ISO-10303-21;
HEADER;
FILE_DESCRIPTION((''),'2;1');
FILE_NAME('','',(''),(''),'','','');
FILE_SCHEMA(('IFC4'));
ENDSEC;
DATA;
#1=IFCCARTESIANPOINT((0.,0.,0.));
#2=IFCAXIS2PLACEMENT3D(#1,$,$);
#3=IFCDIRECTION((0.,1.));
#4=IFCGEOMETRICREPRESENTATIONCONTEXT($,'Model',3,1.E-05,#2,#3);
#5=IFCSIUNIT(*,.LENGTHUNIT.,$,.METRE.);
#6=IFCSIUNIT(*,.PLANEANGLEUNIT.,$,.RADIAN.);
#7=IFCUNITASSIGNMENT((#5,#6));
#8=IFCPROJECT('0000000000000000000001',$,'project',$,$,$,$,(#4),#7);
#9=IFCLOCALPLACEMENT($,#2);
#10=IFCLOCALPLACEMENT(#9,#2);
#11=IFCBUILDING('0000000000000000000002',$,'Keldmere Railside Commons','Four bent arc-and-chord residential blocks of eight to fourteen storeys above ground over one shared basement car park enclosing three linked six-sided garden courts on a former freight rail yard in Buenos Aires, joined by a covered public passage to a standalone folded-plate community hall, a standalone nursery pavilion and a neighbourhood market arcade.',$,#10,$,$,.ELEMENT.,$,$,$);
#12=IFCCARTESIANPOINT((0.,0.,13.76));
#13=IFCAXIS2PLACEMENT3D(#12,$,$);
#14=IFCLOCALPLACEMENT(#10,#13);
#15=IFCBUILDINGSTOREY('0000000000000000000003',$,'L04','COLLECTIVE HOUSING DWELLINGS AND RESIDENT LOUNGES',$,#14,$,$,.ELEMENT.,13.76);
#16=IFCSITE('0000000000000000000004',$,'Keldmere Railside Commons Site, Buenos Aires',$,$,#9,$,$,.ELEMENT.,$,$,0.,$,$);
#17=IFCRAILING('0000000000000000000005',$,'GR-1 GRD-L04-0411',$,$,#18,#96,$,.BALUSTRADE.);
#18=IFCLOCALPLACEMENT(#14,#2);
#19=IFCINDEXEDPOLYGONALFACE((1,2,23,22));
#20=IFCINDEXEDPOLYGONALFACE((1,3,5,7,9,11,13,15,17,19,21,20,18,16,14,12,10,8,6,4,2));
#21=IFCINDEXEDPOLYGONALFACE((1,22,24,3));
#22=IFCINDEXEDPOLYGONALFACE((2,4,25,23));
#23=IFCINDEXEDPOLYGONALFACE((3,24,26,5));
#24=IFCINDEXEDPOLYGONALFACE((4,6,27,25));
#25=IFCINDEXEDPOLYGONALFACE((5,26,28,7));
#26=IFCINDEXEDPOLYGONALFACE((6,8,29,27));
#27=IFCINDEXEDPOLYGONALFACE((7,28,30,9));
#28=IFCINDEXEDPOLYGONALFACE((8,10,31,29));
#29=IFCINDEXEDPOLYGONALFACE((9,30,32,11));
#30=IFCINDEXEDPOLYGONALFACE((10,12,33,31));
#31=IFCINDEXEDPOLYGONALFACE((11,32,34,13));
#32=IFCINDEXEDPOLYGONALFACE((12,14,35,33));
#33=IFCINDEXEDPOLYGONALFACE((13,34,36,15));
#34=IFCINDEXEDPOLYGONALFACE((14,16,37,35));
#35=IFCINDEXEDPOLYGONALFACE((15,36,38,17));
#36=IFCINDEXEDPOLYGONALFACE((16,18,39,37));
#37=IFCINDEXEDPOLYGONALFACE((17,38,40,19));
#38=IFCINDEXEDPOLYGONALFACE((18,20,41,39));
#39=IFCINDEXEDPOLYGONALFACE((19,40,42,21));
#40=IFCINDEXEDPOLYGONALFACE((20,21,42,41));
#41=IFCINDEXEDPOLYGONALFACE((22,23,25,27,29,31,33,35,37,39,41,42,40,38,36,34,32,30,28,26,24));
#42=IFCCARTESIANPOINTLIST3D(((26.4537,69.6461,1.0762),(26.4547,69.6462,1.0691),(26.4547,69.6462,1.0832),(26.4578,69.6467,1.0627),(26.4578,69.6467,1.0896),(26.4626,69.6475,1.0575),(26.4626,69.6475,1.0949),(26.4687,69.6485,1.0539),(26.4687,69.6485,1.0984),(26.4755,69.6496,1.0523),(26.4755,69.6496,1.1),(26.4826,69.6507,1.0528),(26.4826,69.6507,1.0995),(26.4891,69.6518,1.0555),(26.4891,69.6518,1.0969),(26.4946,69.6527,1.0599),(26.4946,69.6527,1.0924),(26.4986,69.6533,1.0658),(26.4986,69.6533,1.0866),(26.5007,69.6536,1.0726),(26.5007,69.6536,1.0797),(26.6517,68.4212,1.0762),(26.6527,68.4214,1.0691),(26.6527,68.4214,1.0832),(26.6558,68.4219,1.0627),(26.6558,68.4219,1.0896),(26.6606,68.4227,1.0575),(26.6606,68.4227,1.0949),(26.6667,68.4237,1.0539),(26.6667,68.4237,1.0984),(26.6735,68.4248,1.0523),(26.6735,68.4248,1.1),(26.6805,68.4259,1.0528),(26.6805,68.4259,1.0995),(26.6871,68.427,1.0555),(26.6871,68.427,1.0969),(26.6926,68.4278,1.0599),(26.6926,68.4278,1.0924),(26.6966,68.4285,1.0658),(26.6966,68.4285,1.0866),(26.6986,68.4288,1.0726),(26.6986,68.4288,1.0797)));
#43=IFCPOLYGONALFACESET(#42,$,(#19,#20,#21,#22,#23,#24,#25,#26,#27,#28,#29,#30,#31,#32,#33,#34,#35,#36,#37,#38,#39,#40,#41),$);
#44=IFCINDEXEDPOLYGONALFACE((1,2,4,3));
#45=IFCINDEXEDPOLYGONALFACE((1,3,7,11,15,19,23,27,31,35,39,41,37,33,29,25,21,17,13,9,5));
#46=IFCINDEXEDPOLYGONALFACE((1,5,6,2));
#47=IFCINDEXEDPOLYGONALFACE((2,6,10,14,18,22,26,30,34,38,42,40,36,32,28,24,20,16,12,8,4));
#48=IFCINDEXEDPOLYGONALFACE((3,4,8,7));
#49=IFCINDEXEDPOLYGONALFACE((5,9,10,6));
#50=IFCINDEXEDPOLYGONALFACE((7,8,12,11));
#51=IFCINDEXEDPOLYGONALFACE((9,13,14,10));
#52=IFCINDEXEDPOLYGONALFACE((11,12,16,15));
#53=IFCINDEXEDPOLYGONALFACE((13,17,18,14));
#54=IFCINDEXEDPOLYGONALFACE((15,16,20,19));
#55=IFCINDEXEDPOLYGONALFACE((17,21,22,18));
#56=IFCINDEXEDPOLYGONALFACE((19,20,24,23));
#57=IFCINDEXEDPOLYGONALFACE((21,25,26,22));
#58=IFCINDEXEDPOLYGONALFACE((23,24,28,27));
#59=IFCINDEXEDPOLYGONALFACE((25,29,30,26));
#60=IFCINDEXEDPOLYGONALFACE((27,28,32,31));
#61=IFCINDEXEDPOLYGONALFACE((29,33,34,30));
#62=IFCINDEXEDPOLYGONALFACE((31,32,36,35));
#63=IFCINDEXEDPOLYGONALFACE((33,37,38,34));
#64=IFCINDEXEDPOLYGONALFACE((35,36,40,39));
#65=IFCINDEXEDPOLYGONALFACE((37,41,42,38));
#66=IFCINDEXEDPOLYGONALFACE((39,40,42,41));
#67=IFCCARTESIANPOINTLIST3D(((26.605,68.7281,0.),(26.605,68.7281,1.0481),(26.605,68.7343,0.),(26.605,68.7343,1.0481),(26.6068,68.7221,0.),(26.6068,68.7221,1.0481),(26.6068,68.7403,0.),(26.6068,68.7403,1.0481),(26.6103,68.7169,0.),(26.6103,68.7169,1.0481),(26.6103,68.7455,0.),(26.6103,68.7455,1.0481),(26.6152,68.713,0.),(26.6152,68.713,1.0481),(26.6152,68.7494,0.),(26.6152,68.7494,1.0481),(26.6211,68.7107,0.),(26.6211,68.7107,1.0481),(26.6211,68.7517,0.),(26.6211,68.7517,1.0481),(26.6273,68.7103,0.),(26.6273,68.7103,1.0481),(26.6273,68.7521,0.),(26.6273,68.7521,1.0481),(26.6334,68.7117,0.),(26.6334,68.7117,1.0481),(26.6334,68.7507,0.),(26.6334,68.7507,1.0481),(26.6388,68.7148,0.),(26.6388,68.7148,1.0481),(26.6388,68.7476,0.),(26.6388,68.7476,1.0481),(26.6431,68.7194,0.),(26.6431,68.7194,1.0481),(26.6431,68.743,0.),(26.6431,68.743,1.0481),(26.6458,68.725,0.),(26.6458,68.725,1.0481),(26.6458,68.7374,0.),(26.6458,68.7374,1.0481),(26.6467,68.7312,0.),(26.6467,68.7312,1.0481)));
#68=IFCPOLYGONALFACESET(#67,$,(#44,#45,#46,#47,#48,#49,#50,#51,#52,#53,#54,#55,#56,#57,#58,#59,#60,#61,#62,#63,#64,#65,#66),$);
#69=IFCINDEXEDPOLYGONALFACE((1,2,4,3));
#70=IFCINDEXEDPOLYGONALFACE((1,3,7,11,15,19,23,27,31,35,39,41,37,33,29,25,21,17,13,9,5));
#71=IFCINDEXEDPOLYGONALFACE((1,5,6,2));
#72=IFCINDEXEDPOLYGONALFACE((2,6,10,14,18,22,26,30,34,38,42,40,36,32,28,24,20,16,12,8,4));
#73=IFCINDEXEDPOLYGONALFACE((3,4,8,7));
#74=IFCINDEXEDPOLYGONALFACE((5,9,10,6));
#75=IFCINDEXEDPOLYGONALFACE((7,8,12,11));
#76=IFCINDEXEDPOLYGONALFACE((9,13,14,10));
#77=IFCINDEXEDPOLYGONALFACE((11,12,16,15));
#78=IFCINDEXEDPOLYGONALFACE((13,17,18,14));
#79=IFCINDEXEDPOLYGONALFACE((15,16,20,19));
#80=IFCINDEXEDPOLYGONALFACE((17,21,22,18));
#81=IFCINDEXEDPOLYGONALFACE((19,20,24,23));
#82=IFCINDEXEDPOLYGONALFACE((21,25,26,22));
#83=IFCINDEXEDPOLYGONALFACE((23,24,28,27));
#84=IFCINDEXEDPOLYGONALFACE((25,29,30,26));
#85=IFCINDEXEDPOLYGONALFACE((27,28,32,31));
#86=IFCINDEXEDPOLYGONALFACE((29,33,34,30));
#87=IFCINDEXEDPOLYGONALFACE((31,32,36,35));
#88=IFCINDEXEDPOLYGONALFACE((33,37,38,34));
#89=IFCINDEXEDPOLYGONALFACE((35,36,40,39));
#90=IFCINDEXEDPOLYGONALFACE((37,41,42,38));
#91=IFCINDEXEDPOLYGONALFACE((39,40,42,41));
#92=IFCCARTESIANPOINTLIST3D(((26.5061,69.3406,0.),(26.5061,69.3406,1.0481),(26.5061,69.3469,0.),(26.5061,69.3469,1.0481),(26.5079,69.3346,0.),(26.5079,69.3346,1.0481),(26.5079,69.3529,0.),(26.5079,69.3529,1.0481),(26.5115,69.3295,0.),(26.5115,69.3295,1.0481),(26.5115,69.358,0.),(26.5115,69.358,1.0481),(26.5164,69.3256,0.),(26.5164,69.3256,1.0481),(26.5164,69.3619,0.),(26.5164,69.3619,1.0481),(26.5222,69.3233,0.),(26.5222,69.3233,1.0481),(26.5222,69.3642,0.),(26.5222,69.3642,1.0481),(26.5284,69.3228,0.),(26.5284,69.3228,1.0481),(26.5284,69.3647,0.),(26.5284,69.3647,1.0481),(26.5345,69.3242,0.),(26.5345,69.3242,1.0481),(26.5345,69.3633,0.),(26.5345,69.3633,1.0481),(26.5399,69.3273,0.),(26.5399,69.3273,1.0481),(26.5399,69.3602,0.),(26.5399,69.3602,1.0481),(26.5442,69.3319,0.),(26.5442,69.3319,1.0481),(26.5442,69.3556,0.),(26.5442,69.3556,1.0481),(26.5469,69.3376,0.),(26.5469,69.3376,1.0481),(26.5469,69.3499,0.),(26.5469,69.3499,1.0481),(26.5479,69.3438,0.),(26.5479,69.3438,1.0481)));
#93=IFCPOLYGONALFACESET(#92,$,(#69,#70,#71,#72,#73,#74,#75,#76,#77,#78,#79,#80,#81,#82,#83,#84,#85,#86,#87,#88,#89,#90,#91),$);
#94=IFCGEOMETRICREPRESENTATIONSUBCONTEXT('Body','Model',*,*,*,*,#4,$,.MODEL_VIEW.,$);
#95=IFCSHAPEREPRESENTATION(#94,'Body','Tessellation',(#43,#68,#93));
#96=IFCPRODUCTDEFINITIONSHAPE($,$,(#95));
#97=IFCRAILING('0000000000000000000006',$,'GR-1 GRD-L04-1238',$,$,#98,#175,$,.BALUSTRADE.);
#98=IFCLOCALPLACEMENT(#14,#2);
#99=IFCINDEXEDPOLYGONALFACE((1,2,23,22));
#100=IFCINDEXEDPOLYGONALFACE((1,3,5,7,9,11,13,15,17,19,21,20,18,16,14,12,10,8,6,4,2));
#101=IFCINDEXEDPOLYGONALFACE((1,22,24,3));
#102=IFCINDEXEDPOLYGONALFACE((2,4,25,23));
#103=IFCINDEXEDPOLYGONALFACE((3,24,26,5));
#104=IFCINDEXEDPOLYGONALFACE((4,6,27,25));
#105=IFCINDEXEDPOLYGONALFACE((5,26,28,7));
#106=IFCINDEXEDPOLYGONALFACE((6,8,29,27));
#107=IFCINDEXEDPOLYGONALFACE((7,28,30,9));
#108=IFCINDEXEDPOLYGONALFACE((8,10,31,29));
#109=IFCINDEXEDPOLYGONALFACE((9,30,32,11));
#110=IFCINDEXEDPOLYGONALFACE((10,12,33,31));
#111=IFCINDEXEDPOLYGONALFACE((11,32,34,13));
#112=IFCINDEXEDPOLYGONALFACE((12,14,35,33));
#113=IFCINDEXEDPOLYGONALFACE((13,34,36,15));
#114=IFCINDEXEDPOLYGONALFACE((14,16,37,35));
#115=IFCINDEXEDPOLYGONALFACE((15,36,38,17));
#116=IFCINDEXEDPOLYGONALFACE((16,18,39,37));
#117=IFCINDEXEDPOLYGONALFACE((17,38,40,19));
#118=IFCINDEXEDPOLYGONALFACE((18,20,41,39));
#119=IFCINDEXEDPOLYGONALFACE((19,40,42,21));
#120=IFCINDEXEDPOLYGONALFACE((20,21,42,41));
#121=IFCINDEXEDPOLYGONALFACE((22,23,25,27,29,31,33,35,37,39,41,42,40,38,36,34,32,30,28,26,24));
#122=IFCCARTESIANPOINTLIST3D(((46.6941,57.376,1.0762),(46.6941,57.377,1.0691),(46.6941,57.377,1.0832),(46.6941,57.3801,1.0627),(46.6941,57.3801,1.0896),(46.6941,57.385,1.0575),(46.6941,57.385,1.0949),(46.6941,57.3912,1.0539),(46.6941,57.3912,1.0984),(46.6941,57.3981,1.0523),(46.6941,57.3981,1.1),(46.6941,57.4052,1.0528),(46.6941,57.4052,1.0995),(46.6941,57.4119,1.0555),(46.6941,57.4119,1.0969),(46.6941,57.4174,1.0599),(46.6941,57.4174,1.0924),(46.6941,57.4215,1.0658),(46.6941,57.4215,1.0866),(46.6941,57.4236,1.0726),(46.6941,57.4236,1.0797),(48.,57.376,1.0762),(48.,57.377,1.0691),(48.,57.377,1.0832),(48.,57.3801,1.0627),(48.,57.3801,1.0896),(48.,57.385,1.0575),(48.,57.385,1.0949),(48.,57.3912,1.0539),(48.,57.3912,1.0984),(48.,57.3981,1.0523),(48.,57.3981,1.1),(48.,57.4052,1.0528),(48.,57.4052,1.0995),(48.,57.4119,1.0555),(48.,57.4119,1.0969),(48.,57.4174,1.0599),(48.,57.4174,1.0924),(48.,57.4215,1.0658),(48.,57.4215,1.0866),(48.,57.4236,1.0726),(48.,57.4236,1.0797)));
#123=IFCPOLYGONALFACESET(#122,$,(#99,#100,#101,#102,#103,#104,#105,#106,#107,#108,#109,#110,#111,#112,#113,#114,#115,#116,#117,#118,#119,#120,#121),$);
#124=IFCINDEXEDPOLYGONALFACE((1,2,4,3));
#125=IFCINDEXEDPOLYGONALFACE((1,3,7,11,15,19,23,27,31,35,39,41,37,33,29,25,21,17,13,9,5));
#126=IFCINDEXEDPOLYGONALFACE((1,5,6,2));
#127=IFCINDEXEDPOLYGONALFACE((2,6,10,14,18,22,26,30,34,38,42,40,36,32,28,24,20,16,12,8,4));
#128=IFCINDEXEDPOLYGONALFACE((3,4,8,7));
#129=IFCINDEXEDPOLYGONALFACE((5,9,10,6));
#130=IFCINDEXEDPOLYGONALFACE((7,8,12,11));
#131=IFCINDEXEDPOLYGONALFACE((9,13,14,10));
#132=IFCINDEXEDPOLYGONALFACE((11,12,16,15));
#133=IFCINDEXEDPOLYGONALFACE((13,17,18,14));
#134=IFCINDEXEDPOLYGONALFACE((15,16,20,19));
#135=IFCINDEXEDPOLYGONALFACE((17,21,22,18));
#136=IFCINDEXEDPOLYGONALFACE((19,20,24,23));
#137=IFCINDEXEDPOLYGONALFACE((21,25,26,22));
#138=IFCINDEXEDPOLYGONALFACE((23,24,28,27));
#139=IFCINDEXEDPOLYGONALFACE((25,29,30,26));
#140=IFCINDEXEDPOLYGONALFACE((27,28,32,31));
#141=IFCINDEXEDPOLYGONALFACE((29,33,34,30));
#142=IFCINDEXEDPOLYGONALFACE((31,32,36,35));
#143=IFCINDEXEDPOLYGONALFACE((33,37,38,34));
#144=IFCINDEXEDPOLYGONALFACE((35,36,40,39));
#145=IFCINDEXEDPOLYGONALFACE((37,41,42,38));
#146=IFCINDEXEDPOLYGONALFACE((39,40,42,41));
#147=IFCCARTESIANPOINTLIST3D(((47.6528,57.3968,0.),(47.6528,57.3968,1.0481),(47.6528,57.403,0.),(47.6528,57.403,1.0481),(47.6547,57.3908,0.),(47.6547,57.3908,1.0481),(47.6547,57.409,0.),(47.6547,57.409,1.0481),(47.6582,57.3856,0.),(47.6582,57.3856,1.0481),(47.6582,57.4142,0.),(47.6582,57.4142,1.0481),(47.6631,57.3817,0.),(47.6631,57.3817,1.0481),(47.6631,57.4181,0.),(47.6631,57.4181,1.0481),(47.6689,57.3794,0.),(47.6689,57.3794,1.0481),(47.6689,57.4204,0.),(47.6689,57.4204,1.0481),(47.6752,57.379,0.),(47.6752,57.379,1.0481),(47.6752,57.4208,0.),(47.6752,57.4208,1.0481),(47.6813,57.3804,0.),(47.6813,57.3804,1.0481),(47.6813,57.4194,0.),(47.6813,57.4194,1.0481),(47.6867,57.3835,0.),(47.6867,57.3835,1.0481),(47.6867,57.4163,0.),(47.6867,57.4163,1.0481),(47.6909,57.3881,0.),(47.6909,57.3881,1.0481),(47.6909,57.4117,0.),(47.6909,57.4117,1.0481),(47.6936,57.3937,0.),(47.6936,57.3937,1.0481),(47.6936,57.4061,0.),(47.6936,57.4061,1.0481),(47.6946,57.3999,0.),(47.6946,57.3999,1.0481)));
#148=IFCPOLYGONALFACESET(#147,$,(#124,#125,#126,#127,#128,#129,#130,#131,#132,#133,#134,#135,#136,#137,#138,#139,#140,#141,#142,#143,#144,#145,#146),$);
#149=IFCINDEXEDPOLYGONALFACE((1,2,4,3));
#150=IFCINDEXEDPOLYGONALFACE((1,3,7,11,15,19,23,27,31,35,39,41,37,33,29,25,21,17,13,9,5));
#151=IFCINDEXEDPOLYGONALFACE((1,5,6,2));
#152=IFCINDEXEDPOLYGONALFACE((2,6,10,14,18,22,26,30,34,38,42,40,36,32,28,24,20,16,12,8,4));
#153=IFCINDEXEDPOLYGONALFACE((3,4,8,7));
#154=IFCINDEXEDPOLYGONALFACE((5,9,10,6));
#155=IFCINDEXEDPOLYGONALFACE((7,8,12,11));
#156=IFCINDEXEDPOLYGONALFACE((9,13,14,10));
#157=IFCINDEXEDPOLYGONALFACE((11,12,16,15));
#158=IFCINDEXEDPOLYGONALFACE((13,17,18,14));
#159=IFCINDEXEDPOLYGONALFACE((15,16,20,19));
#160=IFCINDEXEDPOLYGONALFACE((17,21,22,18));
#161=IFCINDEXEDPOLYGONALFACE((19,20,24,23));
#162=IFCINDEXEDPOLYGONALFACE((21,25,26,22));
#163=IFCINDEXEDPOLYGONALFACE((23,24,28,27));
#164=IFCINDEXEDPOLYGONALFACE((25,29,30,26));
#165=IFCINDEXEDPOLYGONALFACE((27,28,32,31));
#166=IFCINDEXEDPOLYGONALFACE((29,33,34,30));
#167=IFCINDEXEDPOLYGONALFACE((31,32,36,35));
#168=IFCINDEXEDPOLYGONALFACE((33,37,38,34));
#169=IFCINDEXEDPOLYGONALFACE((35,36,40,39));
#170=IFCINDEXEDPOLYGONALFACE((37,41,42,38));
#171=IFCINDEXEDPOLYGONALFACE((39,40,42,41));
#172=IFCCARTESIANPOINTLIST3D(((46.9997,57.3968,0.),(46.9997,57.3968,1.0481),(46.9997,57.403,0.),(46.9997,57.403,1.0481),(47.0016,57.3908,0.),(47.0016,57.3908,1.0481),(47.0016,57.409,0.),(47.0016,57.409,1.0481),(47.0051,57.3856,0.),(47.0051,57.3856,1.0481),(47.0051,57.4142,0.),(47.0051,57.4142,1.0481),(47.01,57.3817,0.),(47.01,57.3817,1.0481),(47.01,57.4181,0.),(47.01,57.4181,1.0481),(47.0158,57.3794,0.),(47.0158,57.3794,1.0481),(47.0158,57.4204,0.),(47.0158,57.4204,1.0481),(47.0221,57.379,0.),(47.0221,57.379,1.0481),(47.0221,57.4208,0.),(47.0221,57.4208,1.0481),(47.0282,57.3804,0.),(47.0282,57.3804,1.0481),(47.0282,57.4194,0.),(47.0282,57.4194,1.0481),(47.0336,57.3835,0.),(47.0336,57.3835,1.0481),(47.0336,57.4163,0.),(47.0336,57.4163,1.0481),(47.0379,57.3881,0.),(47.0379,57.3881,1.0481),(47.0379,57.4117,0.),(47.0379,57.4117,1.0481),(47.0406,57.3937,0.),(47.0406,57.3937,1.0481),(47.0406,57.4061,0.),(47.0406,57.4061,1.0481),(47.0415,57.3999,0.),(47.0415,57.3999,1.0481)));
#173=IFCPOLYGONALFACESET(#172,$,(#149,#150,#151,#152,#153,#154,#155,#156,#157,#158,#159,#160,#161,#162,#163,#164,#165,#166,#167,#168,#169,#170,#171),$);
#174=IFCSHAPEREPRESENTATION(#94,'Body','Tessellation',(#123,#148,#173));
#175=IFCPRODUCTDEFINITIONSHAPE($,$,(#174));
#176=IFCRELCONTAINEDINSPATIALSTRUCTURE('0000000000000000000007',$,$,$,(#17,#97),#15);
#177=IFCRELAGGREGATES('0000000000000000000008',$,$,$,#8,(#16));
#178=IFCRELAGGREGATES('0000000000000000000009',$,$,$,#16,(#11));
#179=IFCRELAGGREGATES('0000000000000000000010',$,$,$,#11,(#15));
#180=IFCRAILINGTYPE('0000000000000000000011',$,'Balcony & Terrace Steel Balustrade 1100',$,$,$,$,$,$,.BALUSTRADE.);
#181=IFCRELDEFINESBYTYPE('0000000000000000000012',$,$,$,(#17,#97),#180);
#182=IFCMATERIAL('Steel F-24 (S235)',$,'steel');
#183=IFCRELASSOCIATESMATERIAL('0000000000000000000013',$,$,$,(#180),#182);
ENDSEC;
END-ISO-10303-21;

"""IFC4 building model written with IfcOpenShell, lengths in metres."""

from ifc_helpers import new_model, si_unit, direction, frame, origin, origin_2d, place, context, subcontext, project, spatial, circle, extrude, material, type_object, element, save


model = new_model("IFC4")

# Units and contexts
model_context = context("Model", 3, precision=1e-05, world=origin(), true_north=direction((0.0, 1.0)))
body_context = subcontext(model_context, "Body", "Model", "MODEL_VIEW")
ifc_project = project(units=[si_unit("LENGTHUNIT", "METRE"), si_unit("PLANEANGLEUNIT", "RADIAN")], contexts=[model_context])

# Site, building, storey
site_placement = place(None, origin())
site = spatial("IfcSite", under=ifc_project, at=site_placement, Name="Keldmere Railside Commons Site, Buenos Aires", CompositionType="ELEMENT", RefElevation=0.0)
building_placement = place(site_placement, origin())
building = spatial("IfcBuilding", under=site, at=building_placement, Name="Keldmere Railside Commons", Description="Four bent arc-and-chord residential blocks of eight to fourteen storeys above ground over one shared basement car park enclosing three linked six-sided garden courts on a former freight rail yard in Buenos Aires, joined by a covered public passage to a standalone folded-plate community hall, a standalone nursery pavilion and a neighbourhood market arcade.", CompositionType="ELEMENT")
storey_placement = place(building_placement, frame((0.0, 0.0, 13.76)))
storey = spatial("IfcBuildingStorey", under=building, at=storey_placement, Name="L04", Description="COLLECTIVE HOUSING DWELLINGS AND RESIDENT LOUNGES", CompositionType="ELEMENT", Elevation=13.76)

# Railings
ifc_material_1 = material(Name="Steel F-24 (S235)", Category="steel")
railing_type_1 = type_object("IfcRailingType", Name="Balcony & Terrace Steel Balustrade 1100", PredefinedType="BALUSTRADE", material=ifc_material_1)
railing_1_placement = place(storey_placement, frame((26.6753, 68.425, 0.0)))
element("IfcRailing", 1, at=railing_1_placement, inside=storey, type_object=railing_type_1, Name="GR-1 GRD-L04-0411", PredefinedType="BALUSTRADE", context=body_context, shape_type="SweptSolid", body=[
    extrude(circle(Radius=0.0239, at=origin_2d()), frame((0.0, 0.0, 1.0762), z_axis=(-0.159579, 0.987185, 0.0), x_axis=(-0.987185, -0.159579, 0.0)), (0.0, 0.0, 1.0), 1.2407),
    extrude(circle(Radius=0.021, at=origin_2d()), frame((-0.0496, 0.3062, 0.0)), (0.0, 0.0, 1.0), 1.0481),
    extrude(circle(Radius=0.021, at=origin_2d()), frame((-0.1484, 0.9187, 0.0)), (0.0, 0.0, 1.0), 1.0481),
])
railing_2_placement = place(storey_placement, frame((48.0, 57.3999, 0.0)))
element("IfcRailing", 2, at=railing_2_placement, inside=storey, type_object=railing_type_1, Name="GR-1 GRD-L04-1238", PredefinedType="BALUSTRADE", context=body_context, shape_type="SweptSolid", body=[
    extrude(circle(Radius=0.0239, at=origin_2d()), frame((0.0, 0.0, 1.0762), z_axis=(-1.0, 0.0, 0.0), x_axis=(0.0, -1.0, 0.0)), (0.0, 0.0, 1.0), 1.3059),
    extrude(circle(Radius=0.021, at=origin_2d()), frame((-0.3264, 0.0, 0.0)), (0.0, 0.0, 1.0), 1.0481),
    extrude(circle(Radius=0.021, at=origin_2d()), frame((-0.9795, 0.0, 0.0)), (0.0, 0.0, 1.0), 1.0481),
])

save(model, "model.ifc")
